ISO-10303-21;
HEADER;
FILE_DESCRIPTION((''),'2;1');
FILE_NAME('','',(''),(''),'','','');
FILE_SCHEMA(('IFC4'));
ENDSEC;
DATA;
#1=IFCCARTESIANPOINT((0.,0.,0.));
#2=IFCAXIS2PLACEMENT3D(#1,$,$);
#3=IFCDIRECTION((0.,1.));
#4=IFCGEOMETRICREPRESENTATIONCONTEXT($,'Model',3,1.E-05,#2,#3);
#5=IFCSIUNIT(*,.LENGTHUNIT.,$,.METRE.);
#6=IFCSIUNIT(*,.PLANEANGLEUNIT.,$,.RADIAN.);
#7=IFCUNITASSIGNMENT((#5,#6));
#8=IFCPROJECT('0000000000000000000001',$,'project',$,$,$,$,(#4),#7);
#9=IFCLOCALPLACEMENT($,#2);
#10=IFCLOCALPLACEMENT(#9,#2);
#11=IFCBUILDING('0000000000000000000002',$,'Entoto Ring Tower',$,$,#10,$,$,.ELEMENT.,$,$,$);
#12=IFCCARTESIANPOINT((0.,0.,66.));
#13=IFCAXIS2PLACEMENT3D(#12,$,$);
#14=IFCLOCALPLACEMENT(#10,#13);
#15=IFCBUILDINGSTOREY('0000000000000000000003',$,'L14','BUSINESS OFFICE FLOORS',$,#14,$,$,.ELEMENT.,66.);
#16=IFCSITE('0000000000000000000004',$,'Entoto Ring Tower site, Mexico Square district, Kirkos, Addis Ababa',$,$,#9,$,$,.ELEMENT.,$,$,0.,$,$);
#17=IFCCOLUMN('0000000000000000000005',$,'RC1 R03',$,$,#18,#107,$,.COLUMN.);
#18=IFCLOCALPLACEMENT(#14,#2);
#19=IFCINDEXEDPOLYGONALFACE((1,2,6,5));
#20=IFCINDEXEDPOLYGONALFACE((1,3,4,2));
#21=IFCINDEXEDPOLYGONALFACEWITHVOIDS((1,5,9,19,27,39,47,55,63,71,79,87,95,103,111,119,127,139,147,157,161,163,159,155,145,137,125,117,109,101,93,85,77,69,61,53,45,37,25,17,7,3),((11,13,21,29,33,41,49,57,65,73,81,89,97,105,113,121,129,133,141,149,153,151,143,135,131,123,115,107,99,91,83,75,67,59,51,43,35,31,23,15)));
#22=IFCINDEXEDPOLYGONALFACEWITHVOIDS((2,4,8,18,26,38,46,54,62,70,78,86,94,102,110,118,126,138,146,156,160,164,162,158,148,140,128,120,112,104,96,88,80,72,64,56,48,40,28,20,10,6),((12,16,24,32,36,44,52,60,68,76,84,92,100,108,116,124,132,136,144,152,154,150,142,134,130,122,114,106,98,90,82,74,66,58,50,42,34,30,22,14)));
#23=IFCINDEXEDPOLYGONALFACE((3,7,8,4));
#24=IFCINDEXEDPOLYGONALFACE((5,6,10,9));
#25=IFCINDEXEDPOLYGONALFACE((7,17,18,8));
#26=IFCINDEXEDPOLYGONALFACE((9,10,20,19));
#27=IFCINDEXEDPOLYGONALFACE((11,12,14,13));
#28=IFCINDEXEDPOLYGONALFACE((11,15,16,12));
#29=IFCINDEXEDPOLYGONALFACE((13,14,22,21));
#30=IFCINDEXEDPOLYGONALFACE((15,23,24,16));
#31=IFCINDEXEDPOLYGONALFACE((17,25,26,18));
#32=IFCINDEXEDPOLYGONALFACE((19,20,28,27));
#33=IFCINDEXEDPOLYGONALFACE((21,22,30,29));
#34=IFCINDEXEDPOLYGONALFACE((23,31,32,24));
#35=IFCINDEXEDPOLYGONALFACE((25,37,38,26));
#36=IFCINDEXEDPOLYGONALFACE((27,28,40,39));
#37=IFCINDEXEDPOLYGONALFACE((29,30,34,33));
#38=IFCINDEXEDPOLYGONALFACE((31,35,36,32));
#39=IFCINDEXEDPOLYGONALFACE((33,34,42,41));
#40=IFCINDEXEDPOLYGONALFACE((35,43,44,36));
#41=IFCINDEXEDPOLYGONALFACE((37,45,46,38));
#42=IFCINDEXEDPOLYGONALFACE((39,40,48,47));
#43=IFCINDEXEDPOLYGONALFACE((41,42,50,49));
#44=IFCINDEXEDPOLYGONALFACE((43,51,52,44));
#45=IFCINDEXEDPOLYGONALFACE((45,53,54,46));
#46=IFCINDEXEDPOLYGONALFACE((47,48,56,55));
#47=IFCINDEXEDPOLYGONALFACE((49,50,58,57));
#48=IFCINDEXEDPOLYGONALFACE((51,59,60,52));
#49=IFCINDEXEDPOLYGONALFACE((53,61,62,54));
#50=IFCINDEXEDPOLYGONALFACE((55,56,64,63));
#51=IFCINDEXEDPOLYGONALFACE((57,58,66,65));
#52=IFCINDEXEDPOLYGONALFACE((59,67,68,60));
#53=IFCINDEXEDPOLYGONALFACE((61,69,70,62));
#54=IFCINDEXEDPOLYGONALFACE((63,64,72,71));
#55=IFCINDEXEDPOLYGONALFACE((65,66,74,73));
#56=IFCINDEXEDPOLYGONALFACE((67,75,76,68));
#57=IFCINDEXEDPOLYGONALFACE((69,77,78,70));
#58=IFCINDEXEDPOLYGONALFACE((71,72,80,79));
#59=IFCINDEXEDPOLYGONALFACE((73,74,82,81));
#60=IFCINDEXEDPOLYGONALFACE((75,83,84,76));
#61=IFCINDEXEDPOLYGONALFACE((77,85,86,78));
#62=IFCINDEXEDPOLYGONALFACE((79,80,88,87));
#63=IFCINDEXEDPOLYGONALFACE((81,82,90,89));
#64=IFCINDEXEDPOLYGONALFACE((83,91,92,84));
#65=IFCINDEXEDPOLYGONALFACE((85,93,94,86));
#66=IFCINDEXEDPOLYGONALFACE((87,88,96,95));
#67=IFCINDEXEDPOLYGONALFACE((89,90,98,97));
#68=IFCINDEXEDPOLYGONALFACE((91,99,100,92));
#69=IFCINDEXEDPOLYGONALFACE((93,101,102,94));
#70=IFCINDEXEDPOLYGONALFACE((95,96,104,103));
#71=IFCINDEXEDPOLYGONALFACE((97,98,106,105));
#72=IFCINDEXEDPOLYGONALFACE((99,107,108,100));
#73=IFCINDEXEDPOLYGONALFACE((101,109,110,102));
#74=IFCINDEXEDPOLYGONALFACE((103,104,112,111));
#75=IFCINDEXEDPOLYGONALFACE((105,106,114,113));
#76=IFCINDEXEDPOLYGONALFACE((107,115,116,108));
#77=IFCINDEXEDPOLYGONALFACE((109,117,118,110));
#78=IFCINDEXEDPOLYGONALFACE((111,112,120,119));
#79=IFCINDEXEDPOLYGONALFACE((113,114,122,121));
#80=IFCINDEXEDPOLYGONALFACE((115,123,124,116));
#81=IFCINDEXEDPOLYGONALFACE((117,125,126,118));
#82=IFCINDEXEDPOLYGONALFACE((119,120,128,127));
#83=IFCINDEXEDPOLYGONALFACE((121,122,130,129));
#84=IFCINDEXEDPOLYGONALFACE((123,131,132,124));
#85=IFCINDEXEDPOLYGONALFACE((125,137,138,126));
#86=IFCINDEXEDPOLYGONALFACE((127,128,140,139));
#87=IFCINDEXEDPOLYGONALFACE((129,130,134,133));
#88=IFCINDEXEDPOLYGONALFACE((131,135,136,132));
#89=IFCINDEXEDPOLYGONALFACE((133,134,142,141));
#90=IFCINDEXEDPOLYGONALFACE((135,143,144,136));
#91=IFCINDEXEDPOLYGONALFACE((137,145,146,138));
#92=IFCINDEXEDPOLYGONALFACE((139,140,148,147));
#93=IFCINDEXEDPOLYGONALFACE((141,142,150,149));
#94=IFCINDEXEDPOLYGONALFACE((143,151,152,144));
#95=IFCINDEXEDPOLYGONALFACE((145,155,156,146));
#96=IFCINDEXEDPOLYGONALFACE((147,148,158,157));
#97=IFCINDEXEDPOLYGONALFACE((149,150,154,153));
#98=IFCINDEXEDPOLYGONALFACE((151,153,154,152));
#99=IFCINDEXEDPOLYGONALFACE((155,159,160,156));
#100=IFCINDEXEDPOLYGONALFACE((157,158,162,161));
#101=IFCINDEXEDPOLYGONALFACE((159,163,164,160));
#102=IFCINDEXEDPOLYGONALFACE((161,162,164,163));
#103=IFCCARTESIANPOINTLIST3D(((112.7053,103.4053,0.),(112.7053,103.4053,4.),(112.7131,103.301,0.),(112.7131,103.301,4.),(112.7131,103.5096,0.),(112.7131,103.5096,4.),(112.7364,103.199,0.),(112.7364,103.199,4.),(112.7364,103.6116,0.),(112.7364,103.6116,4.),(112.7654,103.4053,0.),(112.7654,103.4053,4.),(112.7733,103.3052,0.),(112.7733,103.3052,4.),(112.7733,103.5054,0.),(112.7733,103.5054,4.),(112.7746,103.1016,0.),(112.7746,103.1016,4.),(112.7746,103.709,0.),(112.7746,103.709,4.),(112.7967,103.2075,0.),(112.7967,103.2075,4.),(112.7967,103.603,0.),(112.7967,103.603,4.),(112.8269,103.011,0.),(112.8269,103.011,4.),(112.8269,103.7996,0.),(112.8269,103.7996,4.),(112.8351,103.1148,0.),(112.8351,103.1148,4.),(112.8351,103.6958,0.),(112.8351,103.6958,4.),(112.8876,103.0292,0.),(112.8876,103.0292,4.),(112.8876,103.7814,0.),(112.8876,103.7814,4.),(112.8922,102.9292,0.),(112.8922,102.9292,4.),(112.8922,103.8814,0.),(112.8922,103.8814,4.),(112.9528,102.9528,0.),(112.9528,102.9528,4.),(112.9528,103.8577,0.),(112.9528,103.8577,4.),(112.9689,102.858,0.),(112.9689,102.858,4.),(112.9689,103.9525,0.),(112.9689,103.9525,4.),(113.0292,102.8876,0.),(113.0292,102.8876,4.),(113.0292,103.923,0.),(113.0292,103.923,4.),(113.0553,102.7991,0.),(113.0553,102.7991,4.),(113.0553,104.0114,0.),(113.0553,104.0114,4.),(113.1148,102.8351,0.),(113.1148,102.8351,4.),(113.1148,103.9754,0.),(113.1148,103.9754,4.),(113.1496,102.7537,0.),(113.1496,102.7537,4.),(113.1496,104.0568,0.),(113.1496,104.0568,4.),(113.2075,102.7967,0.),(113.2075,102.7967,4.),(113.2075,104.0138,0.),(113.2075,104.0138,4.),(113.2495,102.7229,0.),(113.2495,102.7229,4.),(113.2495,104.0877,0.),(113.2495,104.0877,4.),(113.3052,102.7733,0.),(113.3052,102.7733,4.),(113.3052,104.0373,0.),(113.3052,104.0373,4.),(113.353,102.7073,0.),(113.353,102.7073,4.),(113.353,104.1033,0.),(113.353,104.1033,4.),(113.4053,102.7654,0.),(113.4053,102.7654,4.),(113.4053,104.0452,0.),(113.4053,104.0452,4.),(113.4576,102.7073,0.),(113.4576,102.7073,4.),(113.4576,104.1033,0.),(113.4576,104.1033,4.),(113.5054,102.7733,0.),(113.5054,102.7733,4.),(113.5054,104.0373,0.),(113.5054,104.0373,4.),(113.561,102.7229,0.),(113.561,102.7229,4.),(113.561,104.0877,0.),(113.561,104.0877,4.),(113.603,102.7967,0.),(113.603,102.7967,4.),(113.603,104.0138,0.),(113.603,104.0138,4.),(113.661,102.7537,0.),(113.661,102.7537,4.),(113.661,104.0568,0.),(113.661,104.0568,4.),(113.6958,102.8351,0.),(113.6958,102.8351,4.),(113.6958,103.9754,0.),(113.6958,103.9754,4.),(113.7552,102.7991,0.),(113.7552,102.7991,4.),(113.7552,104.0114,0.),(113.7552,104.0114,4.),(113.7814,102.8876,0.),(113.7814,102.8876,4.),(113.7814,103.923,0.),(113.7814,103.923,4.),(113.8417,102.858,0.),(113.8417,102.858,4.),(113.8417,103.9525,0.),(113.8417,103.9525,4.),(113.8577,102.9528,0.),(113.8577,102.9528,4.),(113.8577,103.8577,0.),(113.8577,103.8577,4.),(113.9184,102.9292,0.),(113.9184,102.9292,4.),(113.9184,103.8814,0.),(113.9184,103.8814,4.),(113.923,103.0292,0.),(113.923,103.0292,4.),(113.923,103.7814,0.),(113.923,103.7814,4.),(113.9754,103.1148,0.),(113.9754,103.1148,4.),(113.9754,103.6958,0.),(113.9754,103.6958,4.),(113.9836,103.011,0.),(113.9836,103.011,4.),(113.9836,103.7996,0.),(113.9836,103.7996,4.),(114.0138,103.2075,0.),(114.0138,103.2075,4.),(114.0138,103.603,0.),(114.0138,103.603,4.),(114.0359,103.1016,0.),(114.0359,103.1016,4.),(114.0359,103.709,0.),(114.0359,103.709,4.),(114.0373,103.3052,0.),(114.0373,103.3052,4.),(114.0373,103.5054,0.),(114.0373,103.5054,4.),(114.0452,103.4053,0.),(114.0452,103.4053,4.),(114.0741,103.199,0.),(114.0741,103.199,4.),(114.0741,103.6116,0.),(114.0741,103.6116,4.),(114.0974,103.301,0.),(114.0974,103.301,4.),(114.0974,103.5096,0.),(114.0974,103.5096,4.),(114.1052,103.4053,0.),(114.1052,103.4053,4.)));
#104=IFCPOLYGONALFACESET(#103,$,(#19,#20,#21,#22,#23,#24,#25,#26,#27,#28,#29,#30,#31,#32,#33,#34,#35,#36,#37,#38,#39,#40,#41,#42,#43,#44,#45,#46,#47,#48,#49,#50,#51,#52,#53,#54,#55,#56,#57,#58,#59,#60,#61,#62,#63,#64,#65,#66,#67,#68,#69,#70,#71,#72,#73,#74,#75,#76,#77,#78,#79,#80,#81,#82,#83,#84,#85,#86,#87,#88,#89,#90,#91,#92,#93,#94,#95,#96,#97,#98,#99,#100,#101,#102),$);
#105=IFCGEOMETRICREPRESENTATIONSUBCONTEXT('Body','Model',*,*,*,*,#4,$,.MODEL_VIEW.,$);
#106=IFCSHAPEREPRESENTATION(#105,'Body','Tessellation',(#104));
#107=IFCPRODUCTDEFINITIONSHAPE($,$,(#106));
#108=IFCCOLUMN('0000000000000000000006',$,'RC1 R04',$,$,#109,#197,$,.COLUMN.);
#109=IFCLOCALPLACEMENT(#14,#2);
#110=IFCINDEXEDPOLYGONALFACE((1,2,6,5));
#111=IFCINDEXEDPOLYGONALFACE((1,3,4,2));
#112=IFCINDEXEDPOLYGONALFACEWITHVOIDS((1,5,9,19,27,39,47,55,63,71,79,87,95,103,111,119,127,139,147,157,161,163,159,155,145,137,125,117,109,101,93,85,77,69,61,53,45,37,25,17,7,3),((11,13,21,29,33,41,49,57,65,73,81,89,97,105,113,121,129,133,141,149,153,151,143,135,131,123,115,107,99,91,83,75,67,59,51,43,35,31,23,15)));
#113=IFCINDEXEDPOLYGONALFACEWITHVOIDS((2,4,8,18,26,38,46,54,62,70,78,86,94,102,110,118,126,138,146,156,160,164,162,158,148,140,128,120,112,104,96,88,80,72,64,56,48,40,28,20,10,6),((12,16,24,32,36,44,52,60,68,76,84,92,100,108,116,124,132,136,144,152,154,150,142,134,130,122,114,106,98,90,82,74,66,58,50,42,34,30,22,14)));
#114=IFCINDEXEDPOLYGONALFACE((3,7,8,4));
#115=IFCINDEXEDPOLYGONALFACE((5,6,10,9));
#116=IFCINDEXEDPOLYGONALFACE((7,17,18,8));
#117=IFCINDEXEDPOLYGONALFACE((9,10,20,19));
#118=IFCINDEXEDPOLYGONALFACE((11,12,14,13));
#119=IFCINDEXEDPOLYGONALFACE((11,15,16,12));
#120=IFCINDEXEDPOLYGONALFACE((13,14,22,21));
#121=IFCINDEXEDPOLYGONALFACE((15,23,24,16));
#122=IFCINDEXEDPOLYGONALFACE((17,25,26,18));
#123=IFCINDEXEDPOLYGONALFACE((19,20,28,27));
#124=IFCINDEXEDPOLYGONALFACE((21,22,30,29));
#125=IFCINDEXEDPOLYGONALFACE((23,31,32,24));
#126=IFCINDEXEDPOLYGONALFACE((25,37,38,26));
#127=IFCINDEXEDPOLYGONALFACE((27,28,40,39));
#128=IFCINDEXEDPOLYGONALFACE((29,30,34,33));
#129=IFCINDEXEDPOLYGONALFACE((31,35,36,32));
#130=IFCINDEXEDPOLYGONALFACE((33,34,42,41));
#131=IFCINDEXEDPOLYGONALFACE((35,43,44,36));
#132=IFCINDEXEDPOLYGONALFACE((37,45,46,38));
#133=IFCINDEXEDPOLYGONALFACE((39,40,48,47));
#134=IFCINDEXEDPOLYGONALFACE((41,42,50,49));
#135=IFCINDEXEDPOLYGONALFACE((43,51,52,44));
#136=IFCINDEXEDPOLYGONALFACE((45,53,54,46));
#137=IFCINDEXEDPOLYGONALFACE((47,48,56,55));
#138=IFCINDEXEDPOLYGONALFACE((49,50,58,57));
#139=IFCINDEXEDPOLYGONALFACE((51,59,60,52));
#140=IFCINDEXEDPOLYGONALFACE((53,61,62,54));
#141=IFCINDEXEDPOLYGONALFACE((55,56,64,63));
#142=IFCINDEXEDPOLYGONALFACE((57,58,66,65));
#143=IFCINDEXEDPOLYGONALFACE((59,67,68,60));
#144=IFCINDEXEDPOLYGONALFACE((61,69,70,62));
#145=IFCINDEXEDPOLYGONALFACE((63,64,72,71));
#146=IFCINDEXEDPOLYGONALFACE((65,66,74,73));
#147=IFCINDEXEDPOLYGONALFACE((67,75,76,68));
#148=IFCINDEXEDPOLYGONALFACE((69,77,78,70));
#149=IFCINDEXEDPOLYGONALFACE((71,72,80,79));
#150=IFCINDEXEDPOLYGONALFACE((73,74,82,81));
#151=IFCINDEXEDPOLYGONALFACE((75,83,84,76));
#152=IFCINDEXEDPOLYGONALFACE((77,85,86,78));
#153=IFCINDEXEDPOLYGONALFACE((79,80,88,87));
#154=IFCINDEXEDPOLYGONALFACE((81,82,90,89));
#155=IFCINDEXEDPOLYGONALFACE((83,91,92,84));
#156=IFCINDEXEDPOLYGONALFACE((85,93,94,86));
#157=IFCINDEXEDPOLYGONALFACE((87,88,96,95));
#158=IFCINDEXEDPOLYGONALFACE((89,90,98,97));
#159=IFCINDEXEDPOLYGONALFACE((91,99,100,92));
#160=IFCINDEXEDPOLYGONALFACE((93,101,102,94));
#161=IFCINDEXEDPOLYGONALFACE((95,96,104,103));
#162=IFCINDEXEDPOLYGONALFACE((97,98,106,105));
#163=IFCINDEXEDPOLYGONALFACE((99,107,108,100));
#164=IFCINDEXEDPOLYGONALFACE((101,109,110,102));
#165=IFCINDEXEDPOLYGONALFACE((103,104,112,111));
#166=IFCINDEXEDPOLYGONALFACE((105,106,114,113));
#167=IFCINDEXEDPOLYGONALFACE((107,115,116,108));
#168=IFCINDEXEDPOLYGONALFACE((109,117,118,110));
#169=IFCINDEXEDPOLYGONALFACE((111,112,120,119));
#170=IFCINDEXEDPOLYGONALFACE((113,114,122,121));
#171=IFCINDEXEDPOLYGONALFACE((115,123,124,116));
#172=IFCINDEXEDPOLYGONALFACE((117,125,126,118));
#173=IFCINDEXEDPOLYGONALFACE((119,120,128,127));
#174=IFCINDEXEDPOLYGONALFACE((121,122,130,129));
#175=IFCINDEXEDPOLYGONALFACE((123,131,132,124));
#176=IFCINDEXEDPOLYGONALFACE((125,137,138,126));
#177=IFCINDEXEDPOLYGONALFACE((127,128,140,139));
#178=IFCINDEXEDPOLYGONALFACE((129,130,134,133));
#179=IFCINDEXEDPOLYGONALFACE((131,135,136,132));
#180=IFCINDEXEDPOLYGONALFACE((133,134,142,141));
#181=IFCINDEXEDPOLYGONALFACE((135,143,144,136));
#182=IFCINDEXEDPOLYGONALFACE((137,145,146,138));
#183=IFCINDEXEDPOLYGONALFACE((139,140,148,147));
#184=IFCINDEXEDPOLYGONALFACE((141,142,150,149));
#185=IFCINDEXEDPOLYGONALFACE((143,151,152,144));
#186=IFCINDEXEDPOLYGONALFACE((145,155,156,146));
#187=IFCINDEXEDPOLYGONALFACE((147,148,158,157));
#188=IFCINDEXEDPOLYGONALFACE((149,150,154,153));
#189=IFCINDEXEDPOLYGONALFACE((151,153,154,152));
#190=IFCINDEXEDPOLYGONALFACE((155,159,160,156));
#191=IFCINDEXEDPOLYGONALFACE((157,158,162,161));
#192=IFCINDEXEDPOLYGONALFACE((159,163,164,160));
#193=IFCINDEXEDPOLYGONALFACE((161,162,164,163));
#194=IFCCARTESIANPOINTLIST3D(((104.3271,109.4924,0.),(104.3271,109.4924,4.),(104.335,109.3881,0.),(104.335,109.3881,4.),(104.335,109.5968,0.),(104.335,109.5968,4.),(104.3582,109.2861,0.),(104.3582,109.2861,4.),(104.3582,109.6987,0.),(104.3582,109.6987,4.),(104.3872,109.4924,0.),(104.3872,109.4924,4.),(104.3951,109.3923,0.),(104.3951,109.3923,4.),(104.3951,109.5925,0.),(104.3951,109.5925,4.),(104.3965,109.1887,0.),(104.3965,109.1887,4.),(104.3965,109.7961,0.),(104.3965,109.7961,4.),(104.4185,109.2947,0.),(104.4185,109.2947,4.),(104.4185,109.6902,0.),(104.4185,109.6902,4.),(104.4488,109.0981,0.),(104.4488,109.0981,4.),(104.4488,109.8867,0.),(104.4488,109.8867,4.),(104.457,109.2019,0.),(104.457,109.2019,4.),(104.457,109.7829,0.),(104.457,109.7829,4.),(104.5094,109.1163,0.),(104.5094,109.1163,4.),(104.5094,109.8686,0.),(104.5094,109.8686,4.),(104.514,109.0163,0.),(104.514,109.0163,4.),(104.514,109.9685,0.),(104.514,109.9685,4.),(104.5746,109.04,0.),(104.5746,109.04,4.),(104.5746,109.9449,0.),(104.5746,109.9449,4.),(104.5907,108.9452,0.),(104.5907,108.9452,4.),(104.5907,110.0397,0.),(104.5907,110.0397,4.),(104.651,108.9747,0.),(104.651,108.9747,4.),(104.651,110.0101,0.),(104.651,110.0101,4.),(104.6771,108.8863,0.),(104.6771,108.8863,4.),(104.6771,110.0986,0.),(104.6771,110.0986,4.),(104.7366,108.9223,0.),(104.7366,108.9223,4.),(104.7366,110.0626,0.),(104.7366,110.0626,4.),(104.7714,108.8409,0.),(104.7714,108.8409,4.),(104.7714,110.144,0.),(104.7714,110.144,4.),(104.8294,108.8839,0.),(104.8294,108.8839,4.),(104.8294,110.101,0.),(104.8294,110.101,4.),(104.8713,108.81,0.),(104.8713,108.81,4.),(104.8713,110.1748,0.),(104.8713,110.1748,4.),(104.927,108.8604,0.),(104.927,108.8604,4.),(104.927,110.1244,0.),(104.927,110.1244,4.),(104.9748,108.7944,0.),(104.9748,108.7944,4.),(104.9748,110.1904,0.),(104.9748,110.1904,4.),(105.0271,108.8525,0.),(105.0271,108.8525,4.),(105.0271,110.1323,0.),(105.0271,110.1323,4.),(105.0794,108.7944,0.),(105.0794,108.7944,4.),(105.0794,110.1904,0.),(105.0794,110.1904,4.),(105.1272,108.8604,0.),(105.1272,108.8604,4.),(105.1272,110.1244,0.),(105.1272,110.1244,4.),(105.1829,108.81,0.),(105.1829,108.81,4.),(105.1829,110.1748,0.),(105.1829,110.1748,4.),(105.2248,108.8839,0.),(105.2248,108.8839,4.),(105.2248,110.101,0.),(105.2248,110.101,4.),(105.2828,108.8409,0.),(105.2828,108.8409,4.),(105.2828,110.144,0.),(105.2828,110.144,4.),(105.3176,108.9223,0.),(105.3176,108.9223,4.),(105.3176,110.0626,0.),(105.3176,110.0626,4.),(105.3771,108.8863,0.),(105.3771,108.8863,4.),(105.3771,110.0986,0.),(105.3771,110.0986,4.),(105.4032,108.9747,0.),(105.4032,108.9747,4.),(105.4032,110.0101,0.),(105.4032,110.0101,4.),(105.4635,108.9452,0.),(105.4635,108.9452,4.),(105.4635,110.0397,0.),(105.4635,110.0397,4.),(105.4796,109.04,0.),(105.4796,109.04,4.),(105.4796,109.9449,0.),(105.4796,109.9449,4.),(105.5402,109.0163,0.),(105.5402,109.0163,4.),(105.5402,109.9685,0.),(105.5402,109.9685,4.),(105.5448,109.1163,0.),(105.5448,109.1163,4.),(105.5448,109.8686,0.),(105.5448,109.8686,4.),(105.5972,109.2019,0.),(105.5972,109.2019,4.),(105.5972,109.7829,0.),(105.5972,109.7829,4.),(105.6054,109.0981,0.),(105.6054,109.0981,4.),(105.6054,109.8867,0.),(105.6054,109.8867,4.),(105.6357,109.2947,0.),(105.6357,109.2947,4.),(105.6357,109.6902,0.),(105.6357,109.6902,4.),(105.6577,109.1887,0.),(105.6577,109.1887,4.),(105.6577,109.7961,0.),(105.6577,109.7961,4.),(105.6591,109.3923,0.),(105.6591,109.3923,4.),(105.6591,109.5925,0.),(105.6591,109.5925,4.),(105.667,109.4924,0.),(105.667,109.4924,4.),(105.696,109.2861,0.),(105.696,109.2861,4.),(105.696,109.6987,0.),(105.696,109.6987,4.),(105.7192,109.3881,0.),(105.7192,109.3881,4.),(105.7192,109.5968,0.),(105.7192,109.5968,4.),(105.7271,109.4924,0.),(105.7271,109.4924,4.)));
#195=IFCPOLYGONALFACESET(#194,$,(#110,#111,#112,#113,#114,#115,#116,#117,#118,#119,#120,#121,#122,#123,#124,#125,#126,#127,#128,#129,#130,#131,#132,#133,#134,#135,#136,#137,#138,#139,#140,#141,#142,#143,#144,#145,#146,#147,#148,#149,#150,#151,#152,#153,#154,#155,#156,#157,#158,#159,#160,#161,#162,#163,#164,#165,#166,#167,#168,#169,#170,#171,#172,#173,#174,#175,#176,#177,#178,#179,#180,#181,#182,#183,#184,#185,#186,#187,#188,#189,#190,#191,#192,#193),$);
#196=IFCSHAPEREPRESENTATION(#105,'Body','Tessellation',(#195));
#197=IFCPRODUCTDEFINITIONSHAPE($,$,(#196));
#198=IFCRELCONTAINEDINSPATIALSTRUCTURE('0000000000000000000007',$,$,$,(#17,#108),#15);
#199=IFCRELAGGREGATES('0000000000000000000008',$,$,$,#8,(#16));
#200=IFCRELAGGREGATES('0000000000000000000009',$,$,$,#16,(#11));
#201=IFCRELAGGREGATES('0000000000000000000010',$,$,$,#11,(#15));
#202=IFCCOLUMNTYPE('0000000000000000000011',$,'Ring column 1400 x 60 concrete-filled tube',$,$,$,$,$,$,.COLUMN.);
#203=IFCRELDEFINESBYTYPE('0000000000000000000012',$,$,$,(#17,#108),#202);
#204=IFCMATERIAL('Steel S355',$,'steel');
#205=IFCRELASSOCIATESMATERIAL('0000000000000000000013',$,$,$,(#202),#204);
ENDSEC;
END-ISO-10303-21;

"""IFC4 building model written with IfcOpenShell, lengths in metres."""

from ifc_helpers import new_model, si_unit, direction, frame, origin, origin_2d, place, context, subcontext, project, spatial, circle, hollow_circle, extrude, material, material_profile, profile_set, type_object, element, save


model = new_model("IFC4")

# Units and contexts
model_context = context("Model", 3, precision=1e-05, world=origin(), true_north=direction((0.0, 1.0)))
body_context = subcontext(model_context, "Body", "Model", "MODEL_VIEW")
ifc_project = project(units=[si_unit("LENGTHUNIT", "METRE"), si_unit("PLANEANGLEUNIT", "RADIAN")], contexts=[model_context])

# Site, building, storey
site_placement = place(None, origin())
site = spatial("IfcSite", under=ifc_project, at=site_placement, Name="Entoto Ring Tower site, Mexico Square district, Kirkos, Addis Ababa", CompositionType="ELEMENT", RefElevation=0.0)
building_placement = place(site_placement, origin())
building = spatial("IfcBuilding", under=site, at=building_placement, Name="Entoto Ring Tower", CompositionType="ELEMENT")
storey_placement = place(building_placement, frame((0.0, 0.0, 66.0)))
storey = spatial("IfcBuildingStorey", under=building, at=storey_placement, Name="L14", Description="BUSINESS OFFICE FLOORS", CompositionType="ELEMENT", Elevation=66.0)

# Columns
ifc_material_1 = material(Name="Steel S355", Category="steel")
ifc_material_profile_1 = material_profile(ifc_material_1, hollow_circle(Radius=0.7, WallThickness=0.0601, at=origin_2d()), Name="CHS 1400 x 60")
ifc_material_2 = material(Name="Concrete C60/75", Category="concrete")
ifc_material_profile_2 = material_profile(ifc_material_2, circle(Radius=0.6399, at=origin_2d()), Name="Concrete C60/75 infill")
ifc_profile_set_1 = profile_set([ifc_material_profile_1, ifc_material_profile_2], Name="Steel S355")
column_type = type_object("IfcColumnType", Name="Ring column 1400 x 60 concrete-filled tube", PredefinedType="COLUMN", material=ifc_profile_set_1)
for number, where, z_axis, x_axis, name in (
    (1, (113.4053, 103.4053, 0.0), (0.0, 0.0, 1.0), (1.0, 0.0, 0.0), "RC1 R03"),
    (2, (105.0271, 109.4924, 0.0), (0.0, 0.0, 1.0), (1.0, 0.0, 0.0), "RC1 R04"),
):
    element("IfcColumn", number, at=place(storey_placement, frame(where, z_axis=z_axis, x_axis=x_axis)), inside=storey, type_object=column_type, Name=name, PredefinedType="COLUMN", context=body_context, shape_type="SweptSolid", body=[
        extrude(hollow_circle(Radius=0.7, WallThickness=0.0601, at=origin_2d()), origin(), (0.0, 0.0, 1.0), 4.0),
    ])

save(model, "model.ifc")
